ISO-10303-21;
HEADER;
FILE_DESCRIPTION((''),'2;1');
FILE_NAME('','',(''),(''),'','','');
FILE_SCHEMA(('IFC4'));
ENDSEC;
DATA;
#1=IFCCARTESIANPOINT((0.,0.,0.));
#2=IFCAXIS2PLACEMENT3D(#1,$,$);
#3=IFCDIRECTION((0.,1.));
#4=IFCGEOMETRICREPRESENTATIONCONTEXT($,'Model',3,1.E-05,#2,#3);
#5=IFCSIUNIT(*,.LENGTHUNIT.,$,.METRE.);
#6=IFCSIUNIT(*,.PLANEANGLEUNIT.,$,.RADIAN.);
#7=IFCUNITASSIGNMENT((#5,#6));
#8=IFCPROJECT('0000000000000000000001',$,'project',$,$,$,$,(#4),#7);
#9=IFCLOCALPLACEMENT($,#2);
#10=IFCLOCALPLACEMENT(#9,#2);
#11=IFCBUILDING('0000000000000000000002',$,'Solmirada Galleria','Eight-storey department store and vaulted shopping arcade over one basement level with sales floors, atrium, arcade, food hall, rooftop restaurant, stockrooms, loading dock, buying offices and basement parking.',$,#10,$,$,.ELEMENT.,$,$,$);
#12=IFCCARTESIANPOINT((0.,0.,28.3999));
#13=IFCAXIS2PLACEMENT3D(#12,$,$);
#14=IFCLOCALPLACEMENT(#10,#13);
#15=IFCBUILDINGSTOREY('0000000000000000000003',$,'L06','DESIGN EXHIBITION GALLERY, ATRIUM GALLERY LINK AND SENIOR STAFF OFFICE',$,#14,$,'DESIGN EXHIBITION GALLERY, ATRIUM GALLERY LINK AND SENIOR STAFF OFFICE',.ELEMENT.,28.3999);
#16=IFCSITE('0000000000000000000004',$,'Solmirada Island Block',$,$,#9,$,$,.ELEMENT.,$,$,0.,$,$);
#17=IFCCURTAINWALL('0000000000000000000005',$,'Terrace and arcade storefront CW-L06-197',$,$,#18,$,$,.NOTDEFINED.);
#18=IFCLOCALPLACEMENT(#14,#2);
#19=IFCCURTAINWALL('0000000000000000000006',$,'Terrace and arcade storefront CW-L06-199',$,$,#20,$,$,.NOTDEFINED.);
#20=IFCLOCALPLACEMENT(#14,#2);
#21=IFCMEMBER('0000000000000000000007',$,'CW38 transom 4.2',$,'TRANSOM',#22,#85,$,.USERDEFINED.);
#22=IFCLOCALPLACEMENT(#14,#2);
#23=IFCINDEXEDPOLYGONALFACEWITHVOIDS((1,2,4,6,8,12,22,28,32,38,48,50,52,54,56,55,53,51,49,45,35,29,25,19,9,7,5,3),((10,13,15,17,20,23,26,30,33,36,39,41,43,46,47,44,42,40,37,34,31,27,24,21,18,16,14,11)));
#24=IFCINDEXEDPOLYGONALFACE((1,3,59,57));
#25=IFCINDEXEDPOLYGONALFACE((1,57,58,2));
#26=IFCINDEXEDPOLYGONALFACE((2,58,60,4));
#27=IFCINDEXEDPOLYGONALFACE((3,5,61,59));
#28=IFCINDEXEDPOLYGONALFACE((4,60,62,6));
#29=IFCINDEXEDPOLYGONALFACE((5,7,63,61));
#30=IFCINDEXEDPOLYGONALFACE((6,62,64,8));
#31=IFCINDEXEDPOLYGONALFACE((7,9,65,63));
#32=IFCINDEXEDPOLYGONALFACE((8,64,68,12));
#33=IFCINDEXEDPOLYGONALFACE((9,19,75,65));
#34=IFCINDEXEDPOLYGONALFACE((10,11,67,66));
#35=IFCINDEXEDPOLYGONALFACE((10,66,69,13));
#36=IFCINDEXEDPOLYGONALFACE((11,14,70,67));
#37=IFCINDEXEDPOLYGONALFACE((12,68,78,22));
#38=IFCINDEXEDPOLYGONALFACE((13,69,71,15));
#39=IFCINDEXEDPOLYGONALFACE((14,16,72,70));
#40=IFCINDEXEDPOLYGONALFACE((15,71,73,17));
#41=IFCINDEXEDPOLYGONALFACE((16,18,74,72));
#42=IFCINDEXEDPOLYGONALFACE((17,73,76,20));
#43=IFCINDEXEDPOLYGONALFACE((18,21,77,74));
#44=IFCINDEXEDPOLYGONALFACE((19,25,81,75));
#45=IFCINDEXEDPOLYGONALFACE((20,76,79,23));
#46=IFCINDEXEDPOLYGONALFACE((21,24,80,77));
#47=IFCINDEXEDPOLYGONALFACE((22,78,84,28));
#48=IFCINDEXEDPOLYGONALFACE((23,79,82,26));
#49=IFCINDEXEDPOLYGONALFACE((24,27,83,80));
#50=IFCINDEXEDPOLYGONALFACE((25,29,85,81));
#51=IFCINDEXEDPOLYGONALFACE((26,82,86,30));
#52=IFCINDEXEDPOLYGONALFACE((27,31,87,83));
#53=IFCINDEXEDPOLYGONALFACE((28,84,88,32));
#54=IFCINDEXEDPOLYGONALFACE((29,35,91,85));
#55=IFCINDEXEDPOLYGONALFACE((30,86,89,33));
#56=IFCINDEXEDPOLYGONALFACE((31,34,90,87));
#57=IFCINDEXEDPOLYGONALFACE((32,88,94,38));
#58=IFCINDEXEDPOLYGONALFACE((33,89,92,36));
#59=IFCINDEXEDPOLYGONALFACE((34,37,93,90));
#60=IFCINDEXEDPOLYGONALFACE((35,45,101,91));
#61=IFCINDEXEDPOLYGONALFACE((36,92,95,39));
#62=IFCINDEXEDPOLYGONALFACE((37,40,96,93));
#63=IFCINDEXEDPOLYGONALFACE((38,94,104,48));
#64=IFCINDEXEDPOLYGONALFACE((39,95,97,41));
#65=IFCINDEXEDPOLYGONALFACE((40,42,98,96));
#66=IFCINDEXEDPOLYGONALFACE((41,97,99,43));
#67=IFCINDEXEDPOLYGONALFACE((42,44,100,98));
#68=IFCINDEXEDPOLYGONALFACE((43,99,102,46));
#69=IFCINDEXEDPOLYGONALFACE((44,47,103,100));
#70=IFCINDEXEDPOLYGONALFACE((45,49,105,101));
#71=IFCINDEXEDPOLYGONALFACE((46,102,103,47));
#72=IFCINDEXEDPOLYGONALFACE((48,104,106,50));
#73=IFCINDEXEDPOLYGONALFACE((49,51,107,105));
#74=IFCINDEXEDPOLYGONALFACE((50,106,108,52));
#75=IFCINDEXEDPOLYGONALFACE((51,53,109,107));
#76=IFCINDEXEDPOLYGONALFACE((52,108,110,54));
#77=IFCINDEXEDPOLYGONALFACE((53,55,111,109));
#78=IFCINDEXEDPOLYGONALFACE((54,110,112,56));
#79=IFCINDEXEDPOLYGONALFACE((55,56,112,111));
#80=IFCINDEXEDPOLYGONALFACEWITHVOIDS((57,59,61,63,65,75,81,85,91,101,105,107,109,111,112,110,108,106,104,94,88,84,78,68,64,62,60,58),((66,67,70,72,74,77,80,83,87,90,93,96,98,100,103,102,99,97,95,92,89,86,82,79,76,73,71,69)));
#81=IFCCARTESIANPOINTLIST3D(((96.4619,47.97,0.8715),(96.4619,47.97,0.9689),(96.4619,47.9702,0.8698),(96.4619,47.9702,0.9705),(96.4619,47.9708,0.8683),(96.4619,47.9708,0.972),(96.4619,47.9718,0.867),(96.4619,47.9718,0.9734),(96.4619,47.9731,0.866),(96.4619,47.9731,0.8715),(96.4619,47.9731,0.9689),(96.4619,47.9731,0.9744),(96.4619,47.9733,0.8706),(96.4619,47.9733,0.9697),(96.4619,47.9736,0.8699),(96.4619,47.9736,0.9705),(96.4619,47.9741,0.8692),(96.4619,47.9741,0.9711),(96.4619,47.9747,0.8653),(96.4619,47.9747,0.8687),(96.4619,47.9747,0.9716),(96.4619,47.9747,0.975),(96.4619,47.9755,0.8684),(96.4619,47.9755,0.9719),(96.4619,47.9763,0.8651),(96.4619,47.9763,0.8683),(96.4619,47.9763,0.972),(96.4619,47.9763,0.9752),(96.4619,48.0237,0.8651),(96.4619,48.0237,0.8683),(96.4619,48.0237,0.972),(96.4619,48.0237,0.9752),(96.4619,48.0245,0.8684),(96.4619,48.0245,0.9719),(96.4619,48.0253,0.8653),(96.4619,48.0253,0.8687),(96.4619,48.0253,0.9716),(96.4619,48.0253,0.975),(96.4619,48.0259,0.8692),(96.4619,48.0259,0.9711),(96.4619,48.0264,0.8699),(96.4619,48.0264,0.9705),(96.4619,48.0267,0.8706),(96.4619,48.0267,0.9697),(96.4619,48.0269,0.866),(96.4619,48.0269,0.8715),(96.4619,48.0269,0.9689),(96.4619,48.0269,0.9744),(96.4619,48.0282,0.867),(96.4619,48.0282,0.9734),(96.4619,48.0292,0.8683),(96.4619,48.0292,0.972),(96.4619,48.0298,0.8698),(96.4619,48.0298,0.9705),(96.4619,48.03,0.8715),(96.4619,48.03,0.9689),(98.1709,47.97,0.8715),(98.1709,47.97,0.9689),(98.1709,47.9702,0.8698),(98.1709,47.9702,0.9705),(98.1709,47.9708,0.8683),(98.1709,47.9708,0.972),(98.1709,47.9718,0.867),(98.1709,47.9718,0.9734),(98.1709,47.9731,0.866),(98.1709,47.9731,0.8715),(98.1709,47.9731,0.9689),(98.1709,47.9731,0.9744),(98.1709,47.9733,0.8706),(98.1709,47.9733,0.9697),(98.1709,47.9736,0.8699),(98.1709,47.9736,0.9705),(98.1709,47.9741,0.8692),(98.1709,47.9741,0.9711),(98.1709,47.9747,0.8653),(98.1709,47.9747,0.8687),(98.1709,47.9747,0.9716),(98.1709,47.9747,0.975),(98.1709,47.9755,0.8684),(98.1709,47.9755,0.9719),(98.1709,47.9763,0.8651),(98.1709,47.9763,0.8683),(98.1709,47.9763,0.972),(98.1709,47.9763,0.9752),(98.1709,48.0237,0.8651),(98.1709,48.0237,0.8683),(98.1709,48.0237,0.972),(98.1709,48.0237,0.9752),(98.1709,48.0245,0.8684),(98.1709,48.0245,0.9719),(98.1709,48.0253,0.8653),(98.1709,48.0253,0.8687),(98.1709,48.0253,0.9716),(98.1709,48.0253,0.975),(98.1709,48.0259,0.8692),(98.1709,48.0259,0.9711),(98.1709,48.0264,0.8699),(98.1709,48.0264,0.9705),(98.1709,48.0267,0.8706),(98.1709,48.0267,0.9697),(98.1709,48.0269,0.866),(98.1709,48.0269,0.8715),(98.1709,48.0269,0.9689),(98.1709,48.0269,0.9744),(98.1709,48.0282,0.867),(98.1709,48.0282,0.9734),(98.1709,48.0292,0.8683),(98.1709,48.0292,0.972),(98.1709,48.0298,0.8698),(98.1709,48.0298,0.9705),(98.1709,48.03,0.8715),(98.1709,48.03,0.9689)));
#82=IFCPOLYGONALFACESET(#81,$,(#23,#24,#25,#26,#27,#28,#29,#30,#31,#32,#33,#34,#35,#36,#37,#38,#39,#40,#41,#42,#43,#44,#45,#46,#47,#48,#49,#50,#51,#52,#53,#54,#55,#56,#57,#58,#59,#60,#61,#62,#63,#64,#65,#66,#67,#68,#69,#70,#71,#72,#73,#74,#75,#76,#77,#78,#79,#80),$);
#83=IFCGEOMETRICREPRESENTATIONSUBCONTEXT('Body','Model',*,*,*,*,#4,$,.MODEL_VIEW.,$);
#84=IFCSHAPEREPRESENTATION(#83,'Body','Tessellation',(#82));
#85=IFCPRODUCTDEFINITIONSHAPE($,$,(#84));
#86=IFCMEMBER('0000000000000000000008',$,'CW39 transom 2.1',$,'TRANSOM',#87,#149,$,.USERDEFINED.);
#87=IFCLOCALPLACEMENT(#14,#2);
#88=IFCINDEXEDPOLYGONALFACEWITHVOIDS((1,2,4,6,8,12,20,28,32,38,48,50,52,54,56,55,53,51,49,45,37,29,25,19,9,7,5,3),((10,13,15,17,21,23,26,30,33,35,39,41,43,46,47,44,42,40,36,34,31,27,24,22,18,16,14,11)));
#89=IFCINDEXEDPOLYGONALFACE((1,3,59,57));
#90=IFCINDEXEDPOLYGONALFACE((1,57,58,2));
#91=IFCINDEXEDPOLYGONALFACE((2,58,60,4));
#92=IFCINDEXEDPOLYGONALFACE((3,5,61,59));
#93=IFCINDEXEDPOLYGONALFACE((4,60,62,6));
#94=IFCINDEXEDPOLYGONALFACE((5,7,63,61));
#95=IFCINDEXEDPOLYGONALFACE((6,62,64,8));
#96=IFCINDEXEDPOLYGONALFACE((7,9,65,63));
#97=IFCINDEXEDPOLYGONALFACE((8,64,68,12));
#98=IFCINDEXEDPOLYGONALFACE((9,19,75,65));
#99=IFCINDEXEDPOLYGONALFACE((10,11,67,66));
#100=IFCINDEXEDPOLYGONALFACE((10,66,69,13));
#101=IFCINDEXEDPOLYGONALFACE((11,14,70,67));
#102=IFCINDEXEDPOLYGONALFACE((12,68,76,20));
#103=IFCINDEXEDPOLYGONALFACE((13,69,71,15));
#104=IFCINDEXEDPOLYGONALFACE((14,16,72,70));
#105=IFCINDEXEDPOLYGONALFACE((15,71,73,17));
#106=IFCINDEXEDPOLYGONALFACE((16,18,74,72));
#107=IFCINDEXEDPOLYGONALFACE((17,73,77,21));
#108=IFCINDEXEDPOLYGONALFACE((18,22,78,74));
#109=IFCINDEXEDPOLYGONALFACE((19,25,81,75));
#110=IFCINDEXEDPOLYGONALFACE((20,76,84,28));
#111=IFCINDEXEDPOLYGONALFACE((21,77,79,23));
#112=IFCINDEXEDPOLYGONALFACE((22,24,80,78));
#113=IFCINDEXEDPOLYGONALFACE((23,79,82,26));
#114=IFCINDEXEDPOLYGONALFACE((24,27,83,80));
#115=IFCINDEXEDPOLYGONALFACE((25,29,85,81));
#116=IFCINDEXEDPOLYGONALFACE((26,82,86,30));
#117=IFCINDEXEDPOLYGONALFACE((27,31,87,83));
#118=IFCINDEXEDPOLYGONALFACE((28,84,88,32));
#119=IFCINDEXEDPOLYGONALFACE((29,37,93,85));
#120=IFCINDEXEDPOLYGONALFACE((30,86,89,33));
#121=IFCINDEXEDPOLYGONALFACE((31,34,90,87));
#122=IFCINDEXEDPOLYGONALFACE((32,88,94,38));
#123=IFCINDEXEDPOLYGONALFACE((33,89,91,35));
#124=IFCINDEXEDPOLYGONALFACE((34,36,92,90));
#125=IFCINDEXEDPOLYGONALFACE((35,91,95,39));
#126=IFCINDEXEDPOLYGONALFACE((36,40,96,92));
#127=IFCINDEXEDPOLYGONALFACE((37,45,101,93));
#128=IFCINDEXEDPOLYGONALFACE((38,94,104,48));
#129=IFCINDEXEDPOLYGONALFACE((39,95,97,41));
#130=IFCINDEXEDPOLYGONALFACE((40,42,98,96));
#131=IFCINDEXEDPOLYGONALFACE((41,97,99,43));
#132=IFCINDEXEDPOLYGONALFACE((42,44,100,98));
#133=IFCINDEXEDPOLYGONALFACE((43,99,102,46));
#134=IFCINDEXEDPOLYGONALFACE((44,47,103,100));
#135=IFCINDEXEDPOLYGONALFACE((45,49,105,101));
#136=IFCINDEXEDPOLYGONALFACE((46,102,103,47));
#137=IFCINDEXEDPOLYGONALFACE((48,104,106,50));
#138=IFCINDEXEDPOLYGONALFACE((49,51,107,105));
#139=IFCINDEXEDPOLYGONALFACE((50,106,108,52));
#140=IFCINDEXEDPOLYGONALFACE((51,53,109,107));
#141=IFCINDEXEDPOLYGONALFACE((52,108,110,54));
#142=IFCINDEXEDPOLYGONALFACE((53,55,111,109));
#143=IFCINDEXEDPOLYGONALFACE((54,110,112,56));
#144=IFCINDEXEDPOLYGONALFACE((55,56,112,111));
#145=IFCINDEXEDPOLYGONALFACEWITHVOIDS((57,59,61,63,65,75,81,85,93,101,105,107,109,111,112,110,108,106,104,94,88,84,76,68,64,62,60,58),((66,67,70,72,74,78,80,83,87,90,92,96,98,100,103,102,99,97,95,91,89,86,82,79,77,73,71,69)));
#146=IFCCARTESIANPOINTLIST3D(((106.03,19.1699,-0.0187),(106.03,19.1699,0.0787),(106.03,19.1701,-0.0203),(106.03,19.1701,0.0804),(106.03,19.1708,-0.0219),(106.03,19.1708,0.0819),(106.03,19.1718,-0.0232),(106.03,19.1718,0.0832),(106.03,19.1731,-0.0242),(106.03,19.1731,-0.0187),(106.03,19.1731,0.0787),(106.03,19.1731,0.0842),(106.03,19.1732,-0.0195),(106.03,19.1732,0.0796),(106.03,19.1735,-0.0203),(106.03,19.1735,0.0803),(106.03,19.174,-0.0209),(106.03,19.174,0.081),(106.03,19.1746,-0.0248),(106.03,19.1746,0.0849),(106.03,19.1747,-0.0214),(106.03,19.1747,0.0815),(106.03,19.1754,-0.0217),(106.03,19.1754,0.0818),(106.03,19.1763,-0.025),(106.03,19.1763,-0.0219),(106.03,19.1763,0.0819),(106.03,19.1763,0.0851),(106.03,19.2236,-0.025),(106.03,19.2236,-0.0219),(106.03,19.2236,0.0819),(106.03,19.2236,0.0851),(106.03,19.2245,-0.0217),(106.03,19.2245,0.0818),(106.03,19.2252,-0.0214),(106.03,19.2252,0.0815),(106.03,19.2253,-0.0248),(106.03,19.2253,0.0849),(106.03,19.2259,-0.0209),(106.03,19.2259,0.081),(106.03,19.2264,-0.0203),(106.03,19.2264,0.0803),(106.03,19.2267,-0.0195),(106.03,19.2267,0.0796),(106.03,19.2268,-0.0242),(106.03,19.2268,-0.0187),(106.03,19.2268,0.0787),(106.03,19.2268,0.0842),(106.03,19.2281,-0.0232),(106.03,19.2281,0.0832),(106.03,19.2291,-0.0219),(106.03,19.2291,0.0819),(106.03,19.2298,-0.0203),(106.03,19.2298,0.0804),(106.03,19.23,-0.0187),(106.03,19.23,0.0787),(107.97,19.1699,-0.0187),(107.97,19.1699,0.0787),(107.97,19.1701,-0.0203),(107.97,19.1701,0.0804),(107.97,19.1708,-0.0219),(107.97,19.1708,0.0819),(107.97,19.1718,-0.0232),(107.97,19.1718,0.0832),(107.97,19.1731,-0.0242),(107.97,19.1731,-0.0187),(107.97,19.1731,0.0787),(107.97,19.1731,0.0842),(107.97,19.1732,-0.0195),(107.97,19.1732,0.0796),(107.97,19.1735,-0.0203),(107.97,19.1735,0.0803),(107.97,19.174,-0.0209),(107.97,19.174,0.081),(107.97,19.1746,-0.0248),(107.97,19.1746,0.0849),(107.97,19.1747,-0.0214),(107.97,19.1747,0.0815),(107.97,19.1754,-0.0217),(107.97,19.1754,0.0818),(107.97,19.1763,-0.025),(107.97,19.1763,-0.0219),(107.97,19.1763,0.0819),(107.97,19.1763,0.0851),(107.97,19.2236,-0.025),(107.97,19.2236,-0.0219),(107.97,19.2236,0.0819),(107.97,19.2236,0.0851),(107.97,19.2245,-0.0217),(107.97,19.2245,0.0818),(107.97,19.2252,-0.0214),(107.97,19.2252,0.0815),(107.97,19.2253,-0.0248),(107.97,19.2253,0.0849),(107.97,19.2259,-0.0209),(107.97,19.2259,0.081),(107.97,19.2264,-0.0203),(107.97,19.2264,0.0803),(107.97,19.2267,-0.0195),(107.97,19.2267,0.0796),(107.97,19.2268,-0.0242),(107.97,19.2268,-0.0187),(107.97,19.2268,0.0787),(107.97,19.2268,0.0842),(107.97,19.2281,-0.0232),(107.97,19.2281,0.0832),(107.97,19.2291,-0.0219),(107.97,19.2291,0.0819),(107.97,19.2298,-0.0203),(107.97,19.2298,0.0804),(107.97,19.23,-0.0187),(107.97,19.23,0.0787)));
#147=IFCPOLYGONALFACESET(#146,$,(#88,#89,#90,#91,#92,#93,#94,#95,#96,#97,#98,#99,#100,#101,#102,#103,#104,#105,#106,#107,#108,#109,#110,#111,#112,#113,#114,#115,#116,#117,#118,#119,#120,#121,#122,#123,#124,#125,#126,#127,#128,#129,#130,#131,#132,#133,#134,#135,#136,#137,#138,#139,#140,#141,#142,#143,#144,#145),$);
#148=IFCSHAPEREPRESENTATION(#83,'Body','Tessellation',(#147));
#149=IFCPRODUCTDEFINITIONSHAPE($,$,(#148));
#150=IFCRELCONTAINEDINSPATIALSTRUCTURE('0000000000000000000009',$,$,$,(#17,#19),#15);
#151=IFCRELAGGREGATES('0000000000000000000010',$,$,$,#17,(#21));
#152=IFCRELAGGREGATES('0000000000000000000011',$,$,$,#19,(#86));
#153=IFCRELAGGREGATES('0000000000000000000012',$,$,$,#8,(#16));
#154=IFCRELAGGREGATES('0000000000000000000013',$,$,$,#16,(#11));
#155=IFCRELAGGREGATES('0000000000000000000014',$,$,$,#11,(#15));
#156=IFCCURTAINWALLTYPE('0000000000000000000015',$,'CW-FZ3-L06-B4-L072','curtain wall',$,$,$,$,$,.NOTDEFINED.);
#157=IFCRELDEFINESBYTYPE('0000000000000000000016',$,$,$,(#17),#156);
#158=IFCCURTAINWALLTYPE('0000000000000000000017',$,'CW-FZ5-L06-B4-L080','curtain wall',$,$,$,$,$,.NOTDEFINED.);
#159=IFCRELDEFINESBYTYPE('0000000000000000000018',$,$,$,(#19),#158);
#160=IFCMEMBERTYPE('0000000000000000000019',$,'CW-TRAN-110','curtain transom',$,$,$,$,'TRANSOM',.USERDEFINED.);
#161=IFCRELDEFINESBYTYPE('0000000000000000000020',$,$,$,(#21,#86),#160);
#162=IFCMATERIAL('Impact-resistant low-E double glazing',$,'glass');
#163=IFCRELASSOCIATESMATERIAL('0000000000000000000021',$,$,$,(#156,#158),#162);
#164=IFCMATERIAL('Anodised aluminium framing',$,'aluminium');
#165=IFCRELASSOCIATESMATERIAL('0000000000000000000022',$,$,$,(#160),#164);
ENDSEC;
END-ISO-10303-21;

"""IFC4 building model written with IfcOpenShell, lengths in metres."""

from ifc_helpers import new_model, si_unit, direction, frame, origin, origin_2d, place, context, subcontext, project, spatial, hollow_rectangle, extrude, material, material_profile, profile_set, type_object, element, aggregate, save


model = new_model("IFC4")

# Units and contexts
model_context = context("Model", 3, precision=1e-05, world=origin(), true_north=direction((0.0, 1.0)))
body_context = subcontext(model_context, "Body", "Model", "MODEL_VIEW")
ifc_project = project(units=[si_unit("LENGTHUNIT", "METRE"), si_unit("PLANEANGLEUNIT", "RADIAN")], contexts=[model_context])

# Site, building, storey
site_placement = place(None, origin())
site = spatial("IfcSite", under=ifc_project, at=site_placement, Name="Solmirada Island Block", CompositionType="ELEMENT", RefElevation=0.0)
building_placement = place(site_placement, origin())
building = spatial("IfcBuilding", under=site, at=building_placement, Name="Solmirada Galleria", Description="Eight-storey department store and vaulted shopping arcade over one basement level with sales floors, atrium, arcade, food hall, rooftop restaurant, stockrooms, loading dock, buying offices and basement parking.", CompositionType="ELEMENT")
storey_placement = place(building_placement, frame((0.0, 0.0, 28.3999)))
storey = spatial("IfcBuildingStorey", under=building, at=storey_placement, Name="L06", Description="DESIGN EXHIBITION GALLERY, ATRIUM GALLERY LINK AND SENIOR STAFF OFFICE", LongName="DESIGN EXHIBITION GALLERY, ATRIUM GALLERY LINK AND SENIOR STAFF OFFICE", CompositionType="ELEMENT", Elevation=28.3999)

# Curtain wall
ifc_material_1 = material(Name="Impact-resistant low-E double glazing", Category="glass")
curtain_wall_type_1 = type_object("IfcCurtainWallType", Name="CW-FZ3-L06-B4-L072", Description="curtain wall", PredefinedType="NOTDEFINED", material=ifc_material_1)
curtain_wall_1_placement = place(storey_placement, origin())
curtain_wall_1 = element("IfcCurtainWall", 1, at=curtain_wall_1_placement, inside=storey, type_object=curtain_wall_type_1, Name="Terrace and arcade storefront CW-L06-197", PredefinedType="NOTDEFINED")
ifc_material_2 = material(Name="Anodised aluminium framing", Category="aluminium")

# Curtain wall
curtain_wall_type_2 = type_object("IfcCurtainWallType", Name="CW-FZ5-L06-B4-L080", Description="curtain wall", PredefinedType="NOTDEFINED", material=ifc_material_1)
curtain_wall_2_placement = place(storey_placement, origin())
curtain_wall_2 = element("IfcCurtainWall", 2, at=curtain_wall_2_placement, inside=storey, type_object=curtain_wall_type_2, Name="Terrace and arcade storefront CW-L06-199", PredefinedType="NOTDEFINED")

# Members
ifc_material_profile_1 = material_profile(ifc_material_2, hollow_rectangle(XDim=0.0601, YDim=0.1101, WallThickness=0.0032, InnerFilletRadius=0.0032, OuterFilletRadius=0.0063, at=origin_2d()), Name="ALU-TRAN-110X60")
ifc_profile_set_1 = profile_set([ifc_material_profile_1], Name="Anodised aluminium framing")
member_type_1 = type_object("IfcMemberType", Name="CW-TRAN-110", Description="curtain transom", ElementType="TRANSOM", PredefinedType="USERDEFINED", material=ifc_profile_set_1)
member_1_placement = place(storey_placement, frame((98.1709, 48.0, 0.9202), z_axis=(-1.0, 0.0, 0.0), x_axis=(0.0, -1.0, 0.0)))
member_1 = element("IfcMember", 3, at=member_1_placement, type_object=member_type_1, Name="CW38 transom 4.2", ObjectType="TRANSOM", PredefinedType="USERDEFINED", context=body_context, shape_type="SweptSolid", body=[
    extrude(hollow_rectangle(XDim=0.0601, YDim=0.1101, WallThickness=0.0032, InnerFilletRadius=0.0032, OuterFilletRadius=0.0063, at=origin_2d()), origin(), (0.0, 0.0, 1.0), 1.709),
])
member_2_placement = place(storey_placement, frame((106.03, 19.2, 0.03), z_axis=(1.0, 0.0, 0.0), x_axis=(0.0, 1.0, 0.0)))
member_2 = element("IfcMember", 4, at=member_2_placement, type_object=member_type_1, Name="CW39 transom 2.1", ObjectType="TRANSOM", PredefinedType="USERDEFINED", context=body_context, shape_type="SweptSolid", body=[
    extrude(hollow_rectangle(XDim=0.0601, YDim=0.1101, WallThickness=0.0032, InnerFilletRadius=0.0032, OuterFilletRadius=0.0063, at=origin_2d()), origin(), (0.0, 0.0, 1.0), 1.9399),
])

aggregate(curtain_wall_1, [member_1])
aggregate(curtain_wall_2, [member_2])

save(model, "model.ifc")
